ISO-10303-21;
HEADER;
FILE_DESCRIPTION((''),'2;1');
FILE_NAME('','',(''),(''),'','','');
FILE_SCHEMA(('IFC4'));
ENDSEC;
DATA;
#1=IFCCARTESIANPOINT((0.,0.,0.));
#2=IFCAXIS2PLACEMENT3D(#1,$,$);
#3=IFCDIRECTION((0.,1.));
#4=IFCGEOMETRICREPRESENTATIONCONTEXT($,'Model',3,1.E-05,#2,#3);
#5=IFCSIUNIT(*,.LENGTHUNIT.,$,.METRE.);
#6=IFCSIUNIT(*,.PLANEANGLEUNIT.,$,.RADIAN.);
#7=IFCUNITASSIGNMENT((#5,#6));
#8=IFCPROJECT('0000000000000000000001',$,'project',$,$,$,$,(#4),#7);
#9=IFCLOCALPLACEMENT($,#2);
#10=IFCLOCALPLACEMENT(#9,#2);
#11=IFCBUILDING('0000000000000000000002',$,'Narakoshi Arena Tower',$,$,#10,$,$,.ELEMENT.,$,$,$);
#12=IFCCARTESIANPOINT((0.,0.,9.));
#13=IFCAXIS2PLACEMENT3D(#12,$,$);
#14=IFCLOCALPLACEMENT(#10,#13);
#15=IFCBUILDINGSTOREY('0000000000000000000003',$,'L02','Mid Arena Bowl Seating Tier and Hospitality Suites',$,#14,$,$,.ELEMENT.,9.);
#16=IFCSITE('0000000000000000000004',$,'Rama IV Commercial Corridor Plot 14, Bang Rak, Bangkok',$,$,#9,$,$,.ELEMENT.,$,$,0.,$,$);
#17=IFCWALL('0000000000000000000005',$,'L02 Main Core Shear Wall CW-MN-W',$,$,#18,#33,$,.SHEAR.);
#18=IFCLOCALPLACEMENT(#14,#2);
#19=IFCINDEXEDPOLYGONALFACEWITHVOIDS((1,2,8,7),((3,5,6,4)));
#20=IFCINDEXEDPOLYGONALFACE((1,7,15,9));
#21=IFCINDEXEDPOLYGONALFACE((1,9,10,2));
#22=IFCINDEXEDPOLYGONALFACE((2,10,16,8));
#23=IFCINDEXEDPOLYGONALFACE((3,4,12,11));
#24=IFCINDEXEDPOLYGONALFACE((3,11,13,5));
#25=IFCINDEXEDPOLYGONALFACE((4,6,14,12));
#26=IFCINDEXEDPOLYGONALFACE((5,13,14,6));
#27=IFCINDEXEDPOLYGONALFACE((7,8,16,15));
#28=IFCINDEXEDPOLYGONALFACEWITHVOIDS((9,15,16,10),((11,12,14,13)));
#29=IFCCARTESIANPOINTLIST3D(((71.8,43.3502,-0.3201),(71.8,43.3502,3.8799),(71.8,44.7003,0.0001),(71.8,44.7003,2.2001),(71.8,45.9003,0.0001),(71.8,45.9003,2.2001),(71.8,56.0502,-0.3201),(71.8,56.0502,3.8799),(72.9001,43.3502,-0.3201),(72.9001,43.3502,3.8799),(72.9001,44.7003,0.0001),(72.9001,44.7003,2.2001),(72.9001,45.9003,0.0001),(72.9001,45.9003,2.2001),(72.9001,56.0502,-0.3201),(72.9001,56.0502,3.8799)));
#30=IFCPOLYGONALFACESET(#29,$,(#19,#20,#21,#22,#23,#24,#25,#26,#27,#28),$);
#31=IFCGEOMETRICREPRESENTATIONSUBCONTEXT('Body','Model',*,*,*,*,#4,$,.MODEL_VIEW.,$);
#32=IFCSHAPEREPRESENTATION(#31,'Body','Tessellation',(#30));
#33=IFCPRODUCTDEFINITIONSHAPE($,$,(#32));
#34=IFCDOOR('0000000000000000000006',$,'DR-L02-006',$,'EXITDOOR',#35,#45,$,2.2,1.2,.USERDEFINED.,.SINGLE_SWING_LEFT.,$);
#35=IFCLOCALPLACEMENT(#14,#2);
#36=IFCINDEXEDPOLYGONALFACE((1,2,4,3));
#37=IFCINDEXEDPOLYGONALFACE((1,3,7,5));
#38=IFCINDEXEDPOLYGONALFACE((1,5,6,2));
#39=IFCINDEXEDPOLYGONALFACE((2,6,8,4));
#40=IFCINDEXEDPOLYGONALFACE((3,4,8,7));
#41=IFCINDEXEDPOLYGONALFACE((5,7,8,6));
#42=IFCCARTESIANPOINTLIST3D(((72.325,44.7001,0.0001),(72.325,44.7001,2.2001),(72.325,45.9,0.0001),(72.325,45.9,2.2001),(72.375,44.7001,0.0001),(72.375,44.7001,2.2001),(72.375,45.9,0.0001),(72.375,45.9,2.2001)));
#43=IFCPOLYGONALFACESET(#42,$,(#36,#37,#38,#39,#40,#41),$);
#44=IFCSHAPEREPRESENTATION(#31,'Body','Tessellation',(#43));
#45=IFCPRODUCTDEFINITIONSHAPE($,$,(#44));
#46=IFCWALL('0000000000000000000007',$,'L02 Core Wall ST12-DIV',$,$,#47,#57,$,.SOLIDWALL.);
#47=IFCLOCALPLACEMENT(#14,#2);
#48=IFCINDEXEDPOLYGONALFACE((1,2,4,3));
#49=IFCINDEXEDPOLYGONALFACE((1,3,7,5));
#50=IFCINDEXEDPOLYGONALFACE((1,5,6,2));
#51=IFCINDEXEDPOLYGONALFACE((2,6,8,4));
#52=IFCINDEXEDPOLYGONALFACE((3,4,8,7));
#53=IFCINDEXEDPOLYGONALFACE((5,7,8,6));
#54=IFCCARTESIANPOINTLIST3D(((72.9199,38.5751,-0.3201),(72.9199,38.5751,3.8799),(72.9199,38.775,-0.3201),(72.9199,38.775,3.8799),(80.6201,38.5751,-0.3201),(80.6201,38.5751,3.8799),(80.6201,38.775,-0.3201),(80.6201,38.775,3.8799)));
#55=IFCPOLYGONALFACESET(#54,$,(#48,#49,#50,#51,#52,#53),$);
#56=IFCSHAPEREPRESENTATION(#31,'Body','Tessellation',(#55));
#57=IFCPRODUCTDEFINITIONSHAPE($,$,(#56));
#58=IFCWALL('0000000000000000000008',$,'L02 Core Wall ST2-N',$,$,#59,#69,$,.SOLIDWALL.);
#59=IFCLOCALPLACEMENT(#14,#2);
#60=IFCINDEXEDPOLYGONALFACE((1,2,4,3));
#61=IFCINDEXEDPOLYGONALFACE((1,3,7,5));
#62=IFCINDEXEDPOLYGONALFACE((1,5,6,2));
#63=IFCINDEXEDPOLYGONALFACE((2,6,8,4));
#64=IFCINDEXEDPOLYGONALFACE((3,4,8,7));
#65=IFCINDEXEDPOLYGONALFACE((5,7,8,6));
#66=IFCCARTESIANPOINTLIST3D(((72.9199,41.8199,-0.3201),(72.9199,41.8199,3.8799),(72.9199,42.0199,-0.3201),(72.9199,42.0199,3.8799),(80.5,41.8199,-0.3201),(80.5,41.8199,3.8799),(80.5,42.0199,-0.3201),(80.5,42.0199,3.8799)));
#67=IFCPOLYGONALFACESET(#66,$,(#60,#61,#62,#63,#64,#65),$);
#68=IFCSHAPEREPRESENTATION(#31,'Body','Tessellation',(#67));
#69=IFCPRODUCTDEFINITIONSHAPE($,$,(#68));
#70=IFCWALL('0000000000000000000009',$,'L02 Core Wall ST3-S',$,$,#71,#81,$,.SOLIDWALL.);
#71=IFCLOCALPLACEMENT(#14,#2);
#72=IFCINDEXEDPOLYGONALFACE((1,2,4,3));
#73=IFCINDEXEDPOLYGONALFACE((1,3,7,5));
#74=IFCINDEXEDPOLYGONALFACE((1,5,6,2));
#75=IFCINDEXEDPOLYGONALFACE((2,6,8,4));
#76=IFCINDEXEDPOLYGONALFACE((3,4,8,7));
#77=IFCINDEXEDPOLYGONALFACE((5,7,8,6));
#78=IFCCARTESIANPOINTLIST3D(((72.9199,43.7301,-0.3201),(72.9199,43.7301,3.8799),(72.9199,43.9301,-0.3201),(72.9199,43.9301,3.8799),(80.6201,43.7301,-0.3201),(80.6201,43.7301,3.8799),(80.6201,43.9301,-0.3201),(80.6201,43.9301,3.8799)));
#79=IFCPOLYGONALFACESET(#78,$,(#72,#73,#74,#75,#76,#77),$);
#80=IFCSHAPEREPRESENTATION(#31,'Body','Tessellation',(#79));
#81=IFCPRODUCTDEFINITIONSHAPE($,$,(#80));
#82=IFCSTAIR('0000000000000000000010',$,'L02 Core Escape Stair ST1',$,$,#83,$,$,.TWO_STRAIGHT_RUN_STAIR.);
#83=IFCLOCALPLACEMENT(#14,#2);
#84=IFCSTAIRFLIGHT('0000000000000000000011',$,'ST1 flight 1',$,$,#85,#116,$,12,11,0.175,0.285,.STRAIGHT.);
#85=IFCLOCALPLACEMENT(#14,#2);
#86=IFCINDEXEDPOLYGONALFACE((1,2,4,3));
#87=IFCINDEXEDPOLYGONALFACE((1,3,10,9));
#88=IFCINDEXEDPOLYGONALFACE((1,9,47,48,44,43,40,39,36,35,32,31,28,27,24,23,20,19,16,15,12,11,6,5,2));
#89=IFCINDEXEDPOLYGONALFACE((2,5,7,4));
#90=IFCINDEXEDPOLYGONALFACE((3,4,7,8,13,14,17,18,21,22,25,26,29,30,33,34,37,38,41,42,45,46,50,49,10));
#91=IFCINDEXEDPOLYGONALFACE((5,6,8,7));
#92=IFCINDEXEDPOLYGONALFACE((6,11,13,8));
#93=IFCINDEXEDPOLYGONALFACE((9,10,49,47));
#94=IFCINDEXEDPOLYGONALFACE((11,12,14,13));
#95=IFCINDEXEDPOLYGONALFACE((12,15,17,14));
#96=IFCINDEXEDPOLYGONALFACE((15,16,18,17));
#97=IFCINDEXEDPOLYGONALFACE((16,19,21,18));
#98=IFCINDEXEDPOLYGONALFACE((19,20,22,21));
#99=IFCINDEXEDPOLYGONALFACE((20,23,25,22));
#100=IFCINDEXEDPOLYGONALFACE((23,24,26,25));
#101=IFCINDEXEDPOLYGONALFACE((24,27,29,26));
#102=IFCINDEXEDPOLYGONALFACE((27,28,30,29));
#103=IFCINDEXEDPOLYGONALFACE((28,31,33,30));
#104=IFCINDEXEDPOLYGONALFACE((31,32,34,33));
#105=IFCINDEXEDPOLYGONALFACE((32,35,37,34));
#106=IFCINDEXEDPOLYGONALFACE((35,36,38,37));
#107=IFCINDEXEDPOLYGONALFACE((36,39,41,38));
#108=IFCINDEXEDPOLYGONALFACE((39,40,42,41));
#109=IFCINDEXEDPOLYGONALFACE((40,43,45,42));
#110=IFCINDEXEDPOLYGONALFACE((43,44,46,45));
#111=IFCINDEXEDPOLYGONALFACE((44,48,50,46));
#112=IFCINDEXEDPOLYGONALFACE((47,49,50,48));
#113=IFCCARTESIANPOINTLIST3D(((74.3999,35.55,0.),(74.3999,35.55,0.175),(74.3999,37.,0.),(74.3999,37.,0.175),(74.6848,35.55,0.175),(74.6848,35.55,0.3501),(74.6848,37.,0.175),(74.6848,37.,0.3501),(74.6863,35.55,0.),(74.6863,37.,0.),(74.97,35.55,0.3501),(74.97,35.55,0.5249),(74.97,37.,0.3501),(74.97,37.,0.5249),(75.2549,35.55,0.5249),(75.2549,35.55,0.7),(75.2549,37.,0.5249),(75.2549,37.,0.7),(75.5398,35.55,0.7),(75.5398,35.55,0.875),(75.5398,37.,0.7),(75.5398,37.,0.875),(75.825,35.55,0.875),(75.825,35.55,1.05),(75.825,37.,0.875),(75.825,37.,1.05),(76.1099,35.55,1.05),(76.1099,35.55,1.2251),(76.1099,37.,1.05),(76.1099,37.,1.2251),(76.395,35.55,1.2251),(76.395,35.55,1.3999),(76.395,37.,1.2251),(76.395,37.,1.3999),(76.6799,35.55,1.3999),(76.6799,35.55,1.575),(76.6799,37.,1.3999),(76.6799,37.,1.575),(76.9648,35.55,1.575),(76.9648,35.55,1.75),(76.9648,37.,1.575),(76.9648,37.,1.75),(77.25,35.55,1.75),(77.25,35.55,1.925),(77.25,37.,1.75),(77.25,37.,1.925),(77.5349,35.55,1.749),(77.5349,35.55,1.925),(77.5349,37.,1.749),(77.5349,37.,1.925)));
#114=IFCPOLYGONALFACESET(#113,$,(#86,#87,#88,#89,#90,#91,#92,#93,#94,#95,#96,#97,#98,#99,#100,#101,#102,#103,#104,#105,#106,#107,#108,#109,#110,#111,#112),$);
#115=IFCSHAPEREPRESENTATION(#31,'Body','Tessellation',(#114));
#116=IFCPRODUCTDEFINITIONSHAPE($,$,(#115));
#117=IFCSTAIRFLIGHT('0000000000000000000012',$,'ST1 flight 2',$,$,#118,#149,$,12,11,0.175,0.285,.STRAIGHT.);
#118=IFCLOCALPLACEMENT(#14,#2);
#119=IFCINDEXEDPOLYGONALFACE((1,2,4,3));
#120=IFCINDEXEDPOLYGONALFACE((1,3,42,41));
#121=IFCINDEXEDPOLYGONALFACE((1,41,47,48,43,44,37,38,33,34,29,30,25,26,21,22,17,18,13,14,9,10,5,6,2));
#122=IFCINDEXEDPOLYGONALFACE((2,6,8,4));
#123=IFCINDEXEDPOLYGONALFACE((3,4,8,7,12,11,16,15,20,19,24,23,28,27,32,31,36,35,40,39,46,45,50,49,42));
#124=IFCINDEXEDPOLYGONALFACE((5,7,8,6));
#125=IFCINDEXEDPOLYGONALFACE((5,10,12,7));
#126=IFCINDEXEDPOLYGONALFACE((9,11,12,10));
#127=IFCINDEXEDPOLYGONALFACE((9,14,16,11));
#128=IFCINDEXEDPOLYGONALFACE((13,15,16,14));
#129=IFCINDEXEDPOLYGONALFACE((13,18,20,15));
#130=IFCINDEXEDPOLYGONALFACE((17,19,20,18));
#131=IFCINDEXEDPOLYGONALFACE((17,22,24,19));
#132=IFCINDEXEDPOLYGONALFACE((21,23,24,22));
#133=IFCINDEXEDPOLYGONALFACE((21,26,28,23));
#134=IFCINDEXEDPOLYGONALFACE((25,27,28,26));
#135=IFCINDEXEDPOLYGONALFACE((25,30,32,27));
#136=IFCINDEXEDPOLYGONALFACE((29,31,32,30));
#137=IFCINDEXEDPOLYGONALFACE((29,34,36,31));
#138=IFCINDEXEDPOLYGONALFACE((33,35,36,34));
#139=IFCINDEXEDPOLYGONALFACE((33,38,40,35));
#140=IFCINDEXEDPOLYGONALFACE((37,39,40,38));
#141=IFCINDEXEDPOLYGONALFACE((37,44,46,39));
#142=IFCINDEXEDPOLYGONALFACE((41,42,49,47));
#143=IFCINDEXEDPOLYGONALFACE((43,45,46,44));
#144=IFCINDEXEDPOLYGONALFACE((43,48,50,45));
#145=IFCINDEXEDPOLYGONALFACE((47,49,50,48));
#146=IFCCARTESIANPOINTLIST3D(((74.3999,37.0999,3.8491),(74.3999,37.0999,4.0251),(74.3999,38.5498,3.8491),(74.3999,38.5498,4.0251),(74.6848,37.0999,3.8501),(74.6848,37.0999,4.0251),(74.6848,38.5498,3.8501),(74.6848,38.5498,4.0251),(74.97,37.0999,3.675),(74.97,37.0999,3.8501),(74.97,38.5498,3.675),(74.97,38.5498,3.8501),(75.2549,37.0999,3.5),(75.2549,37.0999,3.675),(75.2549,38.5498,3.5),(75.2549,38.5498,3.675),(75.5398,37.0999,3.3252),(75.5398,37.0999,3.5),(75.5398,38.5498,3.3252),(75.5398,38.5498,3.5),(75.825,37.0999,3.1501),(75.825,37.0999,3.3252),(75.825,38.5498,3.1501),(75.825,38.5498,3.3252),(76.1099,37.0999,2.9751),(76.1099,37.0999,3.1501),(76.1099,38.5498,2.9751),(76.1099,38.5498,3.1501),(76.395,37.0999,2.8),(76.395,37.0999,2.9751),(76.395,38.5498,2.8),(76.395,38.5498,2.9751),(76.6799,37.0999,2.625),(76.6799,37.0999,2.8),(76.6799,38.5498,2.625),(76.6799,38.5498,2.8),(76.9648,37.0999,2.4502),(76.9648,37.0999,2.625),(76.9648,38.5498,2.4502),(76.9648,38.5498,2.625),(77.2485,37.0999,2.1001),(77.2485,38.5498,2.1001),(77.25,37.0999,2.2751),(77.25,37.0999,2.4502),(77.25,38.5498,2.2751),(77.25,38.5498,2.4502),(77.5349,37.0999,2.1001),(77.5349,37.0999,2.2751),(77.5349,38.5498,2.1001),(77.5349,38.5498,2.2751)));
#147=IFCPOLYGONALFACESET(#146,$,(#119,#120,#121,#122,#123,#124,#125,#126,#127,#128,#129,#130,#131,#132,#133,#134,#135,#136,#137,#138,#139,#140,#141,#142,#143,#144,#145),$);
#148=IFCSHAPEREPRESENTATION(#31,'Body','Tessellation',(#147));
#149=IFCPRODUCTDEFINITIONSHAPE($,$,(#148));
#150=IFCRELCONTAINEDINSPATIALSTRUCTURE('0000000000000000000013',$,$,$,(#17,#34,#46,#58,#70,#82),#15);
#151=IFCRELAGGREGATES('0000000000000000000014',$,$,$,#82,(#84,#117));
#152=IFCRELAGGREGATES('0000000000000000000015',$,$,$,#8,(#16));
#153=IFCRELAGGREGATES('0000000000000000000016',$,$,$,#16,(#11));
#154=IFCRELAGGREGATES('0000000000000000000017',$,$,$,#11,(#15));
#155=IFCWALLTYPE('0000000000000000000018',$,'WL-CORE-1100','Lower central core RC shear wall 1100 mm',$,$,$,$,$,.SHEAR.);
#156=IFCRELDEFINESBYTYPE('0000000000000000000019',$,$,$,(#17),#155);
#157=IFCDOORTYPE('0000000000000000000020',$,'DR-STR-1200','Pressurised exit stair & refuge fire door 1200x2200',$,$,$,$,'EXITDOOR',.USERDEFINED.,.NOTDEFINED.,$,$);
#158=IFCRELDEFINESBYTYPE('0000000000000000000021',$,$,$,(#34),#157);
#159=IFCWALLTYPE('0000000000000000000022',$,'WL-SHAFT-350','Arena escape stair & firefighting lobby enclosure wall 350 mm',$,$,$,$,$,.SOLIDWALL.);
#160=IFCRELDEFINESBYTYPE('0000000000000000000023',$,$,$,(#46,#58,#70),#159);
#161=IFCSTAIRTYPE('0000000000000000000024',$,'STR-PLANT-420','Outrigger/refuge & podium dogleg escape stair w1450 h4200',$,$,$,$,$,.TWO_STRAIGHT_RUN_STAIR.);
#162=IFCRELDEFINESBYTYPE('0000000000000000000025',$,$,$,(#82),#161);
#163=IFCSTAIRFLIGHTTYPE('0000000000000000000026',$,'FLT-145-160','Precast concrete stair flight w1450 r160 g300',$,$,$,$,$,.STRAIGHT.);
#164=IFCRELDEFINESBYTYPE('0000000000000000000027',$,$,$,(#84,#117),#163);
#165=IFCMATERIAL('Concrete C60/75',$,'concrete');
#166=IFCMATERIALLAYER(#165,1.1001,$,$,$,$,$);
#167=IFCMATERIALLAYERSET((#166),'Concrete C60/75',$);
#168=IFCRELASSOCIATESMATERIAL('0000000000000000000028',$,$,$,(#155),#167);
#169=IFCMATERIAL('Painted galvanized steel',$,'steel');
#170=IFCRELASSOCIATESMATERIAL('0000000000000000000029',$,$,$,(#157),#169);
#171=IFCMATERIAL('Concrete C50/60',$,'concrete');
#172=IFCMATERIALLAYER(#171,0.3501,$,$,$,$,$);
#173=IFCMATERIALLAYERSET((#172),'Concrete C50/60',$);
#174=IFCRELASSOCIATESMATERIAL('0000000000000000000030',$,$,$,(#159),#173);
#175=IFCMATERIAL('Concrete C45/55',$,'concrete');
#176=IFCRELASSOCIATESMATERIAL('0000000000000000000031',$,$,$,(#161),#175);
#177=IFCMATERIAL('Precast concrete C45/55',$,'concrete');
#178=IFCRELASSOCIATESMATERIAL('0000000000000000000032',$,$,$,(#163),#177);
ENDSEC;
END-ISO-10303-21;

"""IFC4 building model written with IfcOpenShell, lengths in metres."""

from ifc_helpers import new_model, si_unit, direction, frame, frame_2d, origin, place, context, subcontext, project, spatial, polyline, rectangle, outline, extrude, material, layer, layer_set, type_object, element, fill, aggregate, save


model = new_model("IFC4")

# Units and contexts
model_context = context("Model", 3, precision=1e-05, world=origin(), true_north=direction((0.0, 1.0)))
body_context = subcontext(model_context, "Body", "Model", "MODEL_VIEW")
ifc_project = project(units=[si_unit("LENGTHUNIT", "METRE"), si_unit("PLANEANGLEUNIT", "RADIAN")], contexts=[model_context])

# Site, building, storey
site_placement = place(None, origin())
site = spatial("IfcSite", under=ifc_project, at=site_placement, Name="Rama IV Commercial Corridor Plot 14, Bang Rak, Bangkok", CompositionType="ELEMENT", RefElevation=0.0)
building_placement = place(site_placement, origin())
building = spatial("IfcBuilding", under=site, at=building_placement, Name="Narakoshi Arena Tower", CompositionType="ELEMENT")
storey_placement = place(building_placement, frame((0.0, 0.0, 9.0)))
storey = spatial("IfcBuildingStorey", under=building, at=storey_placement, Name="L02", Description="Mid Arena Bowl Seating Tier and Hospitality Suites", CompositionType="ELEMENT", Elevation=9.0)

# Wall, opening, door
ifc_material_1 = material(Name="Concrete C60/75", Category="concrete")
ifc_layer_1 = layer(ifc_material_1, 1.1001)
ifc_layer_set_1 = layer_set([ifc_layer_1], Name="Concrete C60/75")
wall_type_1 = type_object("IfcWallType", Name="WL-CORE-1100", Description="Lower central core RC shear wall 1100 mm", PredefinedType="SHEAR", material=ifc_layer_set_1)
wall_1_placement = place(storey_placement, frame((72.3501, 43.3501, -0.3201), z_axis=(0.0, 0.0, 1.0), x_axis=(0.0, 1.0, 0.0)))
wall_1 = element("IfcWall", 1, at=wall_1_placement, inside=storey, type_object=wall_type_1, Name="L02 Main Core Shear Wall CW-MN-W", PredefinedType="SHEAR", context=body_context, shape_type="SweptSolid", body=[
    extrude(rectangle(XDim=12.7, YDim=1.1001, at=frame_2d((6.3501, 0.0))), origin(), (0.0, 0.0, 1.0), 4.2),
])
opening_placement = place(wall_1_placement, frame((1.3501, 0.0, 0.3201)))
opening = element("IfcOpeningElement", 2, at=opening_placement, cuts=wall_1, PredefinedType="OPENING", context=body_context, shape_type="SweptSolid", body=[
    extrude(rectangle(XDim=1.2, YDim=2.2, at=frame_2d((0.6001, 1.1001))), frame((0.0, 0.5601, 0.0), z_axis=(0.0, -1.0, 0.0), x_axis=(1.0, 0.0, 0.0)), (0.0, 0.0, 1.0), 1.1201),
])
ifc_material_2 = material(Name="Painted galvanized steel", Category="steel")
door_type = type_object("IfcDoorType", Name="DR-STR-1200", Description="Pressurised exit stair & refuge fire door 1200x2200", ElementType="EXITDOOR", OperationType="NOTDEFINED", PredefinedType="USERDEFINED", material=ifc_material_2)
door_placement = place(opening_placement, frame((1.2, 0.0, 0.0), z_axis=(0.0, 0.0, 1.0), x_axis=(-1.0, 0.0, 0.0)))
door = element("IfcDoor", 3, at=door_placement, inside=storey, type_object=door_type, Name="DR-L02-006", ObjectType="EXITDOOR", OperationType="SINGLE_SWING_LEFT", OverallHeight=2.2, OverallWidth=1.2, PredefinedType="USERDEFINED", context=body_context, shape_type="SweptSolid", body=[
    extrude(rectangle(XDim=1.2, YDim=2.2, at=frame_2d((0.6001, 1.1001))), frame((0.0, 0.0249, 0.0), z_axis=(0.0, -1.0, 0.0), x_axis=(1.0, 0.0, 0.0)), (0.0, 0.0, 1.0), 0.05),
])
fill(opening, door)

# Walls
ifc_material_3 = material(Name="Concrete C50/60", Category="concrete")
ifc_layer_2 = layer(ifc_material_3, 0.3501)
ifc_layer_set_2 = layer_set([ifc_layer_2], Name="Concrete C50/60")
wall_type_2 = type_object("IfcWallType", Name="WL-SHAFT-350", Description="Arena escape stair & firefighting lobby enclosure wall 350 mm", PredefinedType="SOLIDWALL", material=ifc_layer_set_2)
wall_2_placement = place(storey_placement, frame((72.9199, 38.675, -0.3201), z_axis=(0.0, 0.0, 1.0), x_axis=(1.0, 0.0, 0.0)))
element("IfcWall", 4, at=wall_2_placement, inside=storey, type_object=wall_type_2, Name="L02 Core Wall ST12-DIV", PredefinedType="SOLIDWALL", context=body_context, shape_type="SweptSolid", body=[
    extrude(rectangle(XDim=7.7002, YDim=0.2, at=frame_2d((3.8501, 0.0))), origin(), (0.0, 0.0, 1.0), 4.2),
])
wall_3_placement = place(storey_placement, frame((72.9199, 41.9199, -0.3201), z_axis=(0.0, 0.0, 1.0), x_axis=(1.0, 0.0, 0.0)))
element("IfcWall", 5, at=wall_3_placement, inside=storey, type_object=wall_type_2, Name="L02 Core Wall ST2-N", PredefinedType="SOLIDWALL", context=body_context, shape_type="SweptSolid", body=[
    extrude(rectangle(XDim=7.5801, YDim=0.2, at=frame_2d((3.79, 0.0))), origin(), (0.0, 0.0, 1.0), 4.2),
])
wall_4_placement = place(storey_placement, frame((72.9199, 43.8301, -0.3201), z_axis=(0.0, 0.0, 1.0), x_axis=(1.0, 0.0, 0.0)))
element("IfcWall", 6, at=wall_4_placement, inside=storey, type_object=wall_type_2, Name="L02 Core Wall ST3-S", PredefinedType="SOLIDWALL", context=body_context, shape_type="SweptSolid", body=[
    extrude(rectangle(XDim=7.7002, YDim=0.2, at=frame_2d((3.8501, 0.0))), origin(), (0.0, 0.0, 1.0), 4.2),
])

# Stair, stair flights
ifc_material_4 = material(Name="Concrete C45/55", Category="concrete")
stair_type = type_object("IfcStairType", Name="STR-PLANT-420", Description="Outrigger/refuge & podium dogleg escape stair w1450 h4200", PredefinedType="TWO_STRAIGHT_RUN_STAIR", material=ifc_material_4)
stair_1_placement = place(storey_placement, origin())
stair_1 = element("IfcStair", 7, at=stair_1_placement, inside=storey, type_object=stair_type, Name="L02 Core Escape Stair ST1", PredefinedType="TWO_STRAIGHT_RUN_STAIR")
ifc_material_5 = material(Name="Precast concrete C45/55", Category="concrete")
stair_flight_type = type_object("IfcStairFlightType", Name="FLT-145-160", Description="Precast concrete stair flight w1450 r160 g300", PredefinedType="STRAIGHT", material=ifc_material_5)
stair_flight_1_placement = place(storey_placement, frame((74.3999, 36.2749, 0.0), z_axis=(0.0, 0.0, 1.0), x_axis=(1.0, 0.0, 0.0)))
stair_flight_1 = element("IfcStairFlight", 8, at=stair_flight_1_placement, type_object=stair_flight_type, Name="ST1 flight 1", NumberOfRisers=12, NumberOfTreads=11, PredefinedType="STRAIGHT", RiserHeight=0.175, TreadLength=0.285, context=body_context, shape_type="SweptSolid", body=[
    extrude(outline(polyline([(0.0, 0.0), (0.0, 0.175), (0.2849, 0.175), (0.2849, 0.3501), (0.5701, 0.3501), (0.5701, 0.5249), (0.855, 0.5249), (0.855, 0.7), (1.1399, 0.7), (1.1399, 0.875), (1.425, 0.875), (1.425, 1.05), (1.71, 1.05), (1.71, 1.2251), (1.9951, 1.2251), (1.9951, 1.3999), (2.28, 1.3999), (2.28, 1.575), (2.5649, 1.575), (2.5649, 1.75), (2.8501, 1.75), (2.8501, 1.925), (3.135, 1.925), (3.135, 2.1001), (3.135, 1.749), (0.2864, 0.0), (0.0, 0.0)])), frame((0.0, 0.7251, 0.0), z_axis=(0.0, -1.0, 0.0), x_axis=(1.0, 0.0, 0.0)), (0.0, 0.0, 1.0), 1.45),
])
stair_flight_2_placement = place(storey_placement, frame((77.5349, 37.825, 2.1001), z_axis=(0.0, 0.0, 1.0), x_axis=(-1.0, 0.0, 0.0)))
stair_flight_2 = element("IfcStairFlight", 9, at=stair_flight_2_placement, type_object=stair_flight_type, Name="ST1 flight 2", NumberOfRisers=12, NumberOfTreads=11, PredefinedType="STRAIGHT", RiserHeight=0.175, TreadLength=0.285, context=body_context, shape_type="SweptSolid", body=[
    extrude(outline(polyline([(0.0, 0.0), (0.0, 0.175), (0.2849, 0.175), (0.2849, 0.3501), (0.5701, 0.3501), (0.5701, 0.5249), (0.855, 0.5249), (0.855, 0.7), (1.1399, 0.7), (1.1399, 0.875), (1.425, 0.875), (1.425, 1.05), (1.71, 1.05), (1.71, 1.2251), (1.9951, 1.2251), (1.9951, 1.3999), (2.28, 1.3999), (2.28, 1.575), (2.5649, 1.575), (2.5649, 1.75), (2.8501, 1.75), (2.8501, 1.925), (3.135, 1.925), (3.135, 2.1001), (3.135, 1.749), (0.2864, 0.0), (0.0, 0.0)])), frame((0.0, 0.7251, 0.0), z_axis=(0.0, -1.0, 0.0), x_axis=(1.0, 0.0, 0.0)), (0.0, 0.0, 1.0), 1.45),
])
aggregate(stair_1, [stair_flight_1, stair_flight_2])

save(model, "model.ifc")
